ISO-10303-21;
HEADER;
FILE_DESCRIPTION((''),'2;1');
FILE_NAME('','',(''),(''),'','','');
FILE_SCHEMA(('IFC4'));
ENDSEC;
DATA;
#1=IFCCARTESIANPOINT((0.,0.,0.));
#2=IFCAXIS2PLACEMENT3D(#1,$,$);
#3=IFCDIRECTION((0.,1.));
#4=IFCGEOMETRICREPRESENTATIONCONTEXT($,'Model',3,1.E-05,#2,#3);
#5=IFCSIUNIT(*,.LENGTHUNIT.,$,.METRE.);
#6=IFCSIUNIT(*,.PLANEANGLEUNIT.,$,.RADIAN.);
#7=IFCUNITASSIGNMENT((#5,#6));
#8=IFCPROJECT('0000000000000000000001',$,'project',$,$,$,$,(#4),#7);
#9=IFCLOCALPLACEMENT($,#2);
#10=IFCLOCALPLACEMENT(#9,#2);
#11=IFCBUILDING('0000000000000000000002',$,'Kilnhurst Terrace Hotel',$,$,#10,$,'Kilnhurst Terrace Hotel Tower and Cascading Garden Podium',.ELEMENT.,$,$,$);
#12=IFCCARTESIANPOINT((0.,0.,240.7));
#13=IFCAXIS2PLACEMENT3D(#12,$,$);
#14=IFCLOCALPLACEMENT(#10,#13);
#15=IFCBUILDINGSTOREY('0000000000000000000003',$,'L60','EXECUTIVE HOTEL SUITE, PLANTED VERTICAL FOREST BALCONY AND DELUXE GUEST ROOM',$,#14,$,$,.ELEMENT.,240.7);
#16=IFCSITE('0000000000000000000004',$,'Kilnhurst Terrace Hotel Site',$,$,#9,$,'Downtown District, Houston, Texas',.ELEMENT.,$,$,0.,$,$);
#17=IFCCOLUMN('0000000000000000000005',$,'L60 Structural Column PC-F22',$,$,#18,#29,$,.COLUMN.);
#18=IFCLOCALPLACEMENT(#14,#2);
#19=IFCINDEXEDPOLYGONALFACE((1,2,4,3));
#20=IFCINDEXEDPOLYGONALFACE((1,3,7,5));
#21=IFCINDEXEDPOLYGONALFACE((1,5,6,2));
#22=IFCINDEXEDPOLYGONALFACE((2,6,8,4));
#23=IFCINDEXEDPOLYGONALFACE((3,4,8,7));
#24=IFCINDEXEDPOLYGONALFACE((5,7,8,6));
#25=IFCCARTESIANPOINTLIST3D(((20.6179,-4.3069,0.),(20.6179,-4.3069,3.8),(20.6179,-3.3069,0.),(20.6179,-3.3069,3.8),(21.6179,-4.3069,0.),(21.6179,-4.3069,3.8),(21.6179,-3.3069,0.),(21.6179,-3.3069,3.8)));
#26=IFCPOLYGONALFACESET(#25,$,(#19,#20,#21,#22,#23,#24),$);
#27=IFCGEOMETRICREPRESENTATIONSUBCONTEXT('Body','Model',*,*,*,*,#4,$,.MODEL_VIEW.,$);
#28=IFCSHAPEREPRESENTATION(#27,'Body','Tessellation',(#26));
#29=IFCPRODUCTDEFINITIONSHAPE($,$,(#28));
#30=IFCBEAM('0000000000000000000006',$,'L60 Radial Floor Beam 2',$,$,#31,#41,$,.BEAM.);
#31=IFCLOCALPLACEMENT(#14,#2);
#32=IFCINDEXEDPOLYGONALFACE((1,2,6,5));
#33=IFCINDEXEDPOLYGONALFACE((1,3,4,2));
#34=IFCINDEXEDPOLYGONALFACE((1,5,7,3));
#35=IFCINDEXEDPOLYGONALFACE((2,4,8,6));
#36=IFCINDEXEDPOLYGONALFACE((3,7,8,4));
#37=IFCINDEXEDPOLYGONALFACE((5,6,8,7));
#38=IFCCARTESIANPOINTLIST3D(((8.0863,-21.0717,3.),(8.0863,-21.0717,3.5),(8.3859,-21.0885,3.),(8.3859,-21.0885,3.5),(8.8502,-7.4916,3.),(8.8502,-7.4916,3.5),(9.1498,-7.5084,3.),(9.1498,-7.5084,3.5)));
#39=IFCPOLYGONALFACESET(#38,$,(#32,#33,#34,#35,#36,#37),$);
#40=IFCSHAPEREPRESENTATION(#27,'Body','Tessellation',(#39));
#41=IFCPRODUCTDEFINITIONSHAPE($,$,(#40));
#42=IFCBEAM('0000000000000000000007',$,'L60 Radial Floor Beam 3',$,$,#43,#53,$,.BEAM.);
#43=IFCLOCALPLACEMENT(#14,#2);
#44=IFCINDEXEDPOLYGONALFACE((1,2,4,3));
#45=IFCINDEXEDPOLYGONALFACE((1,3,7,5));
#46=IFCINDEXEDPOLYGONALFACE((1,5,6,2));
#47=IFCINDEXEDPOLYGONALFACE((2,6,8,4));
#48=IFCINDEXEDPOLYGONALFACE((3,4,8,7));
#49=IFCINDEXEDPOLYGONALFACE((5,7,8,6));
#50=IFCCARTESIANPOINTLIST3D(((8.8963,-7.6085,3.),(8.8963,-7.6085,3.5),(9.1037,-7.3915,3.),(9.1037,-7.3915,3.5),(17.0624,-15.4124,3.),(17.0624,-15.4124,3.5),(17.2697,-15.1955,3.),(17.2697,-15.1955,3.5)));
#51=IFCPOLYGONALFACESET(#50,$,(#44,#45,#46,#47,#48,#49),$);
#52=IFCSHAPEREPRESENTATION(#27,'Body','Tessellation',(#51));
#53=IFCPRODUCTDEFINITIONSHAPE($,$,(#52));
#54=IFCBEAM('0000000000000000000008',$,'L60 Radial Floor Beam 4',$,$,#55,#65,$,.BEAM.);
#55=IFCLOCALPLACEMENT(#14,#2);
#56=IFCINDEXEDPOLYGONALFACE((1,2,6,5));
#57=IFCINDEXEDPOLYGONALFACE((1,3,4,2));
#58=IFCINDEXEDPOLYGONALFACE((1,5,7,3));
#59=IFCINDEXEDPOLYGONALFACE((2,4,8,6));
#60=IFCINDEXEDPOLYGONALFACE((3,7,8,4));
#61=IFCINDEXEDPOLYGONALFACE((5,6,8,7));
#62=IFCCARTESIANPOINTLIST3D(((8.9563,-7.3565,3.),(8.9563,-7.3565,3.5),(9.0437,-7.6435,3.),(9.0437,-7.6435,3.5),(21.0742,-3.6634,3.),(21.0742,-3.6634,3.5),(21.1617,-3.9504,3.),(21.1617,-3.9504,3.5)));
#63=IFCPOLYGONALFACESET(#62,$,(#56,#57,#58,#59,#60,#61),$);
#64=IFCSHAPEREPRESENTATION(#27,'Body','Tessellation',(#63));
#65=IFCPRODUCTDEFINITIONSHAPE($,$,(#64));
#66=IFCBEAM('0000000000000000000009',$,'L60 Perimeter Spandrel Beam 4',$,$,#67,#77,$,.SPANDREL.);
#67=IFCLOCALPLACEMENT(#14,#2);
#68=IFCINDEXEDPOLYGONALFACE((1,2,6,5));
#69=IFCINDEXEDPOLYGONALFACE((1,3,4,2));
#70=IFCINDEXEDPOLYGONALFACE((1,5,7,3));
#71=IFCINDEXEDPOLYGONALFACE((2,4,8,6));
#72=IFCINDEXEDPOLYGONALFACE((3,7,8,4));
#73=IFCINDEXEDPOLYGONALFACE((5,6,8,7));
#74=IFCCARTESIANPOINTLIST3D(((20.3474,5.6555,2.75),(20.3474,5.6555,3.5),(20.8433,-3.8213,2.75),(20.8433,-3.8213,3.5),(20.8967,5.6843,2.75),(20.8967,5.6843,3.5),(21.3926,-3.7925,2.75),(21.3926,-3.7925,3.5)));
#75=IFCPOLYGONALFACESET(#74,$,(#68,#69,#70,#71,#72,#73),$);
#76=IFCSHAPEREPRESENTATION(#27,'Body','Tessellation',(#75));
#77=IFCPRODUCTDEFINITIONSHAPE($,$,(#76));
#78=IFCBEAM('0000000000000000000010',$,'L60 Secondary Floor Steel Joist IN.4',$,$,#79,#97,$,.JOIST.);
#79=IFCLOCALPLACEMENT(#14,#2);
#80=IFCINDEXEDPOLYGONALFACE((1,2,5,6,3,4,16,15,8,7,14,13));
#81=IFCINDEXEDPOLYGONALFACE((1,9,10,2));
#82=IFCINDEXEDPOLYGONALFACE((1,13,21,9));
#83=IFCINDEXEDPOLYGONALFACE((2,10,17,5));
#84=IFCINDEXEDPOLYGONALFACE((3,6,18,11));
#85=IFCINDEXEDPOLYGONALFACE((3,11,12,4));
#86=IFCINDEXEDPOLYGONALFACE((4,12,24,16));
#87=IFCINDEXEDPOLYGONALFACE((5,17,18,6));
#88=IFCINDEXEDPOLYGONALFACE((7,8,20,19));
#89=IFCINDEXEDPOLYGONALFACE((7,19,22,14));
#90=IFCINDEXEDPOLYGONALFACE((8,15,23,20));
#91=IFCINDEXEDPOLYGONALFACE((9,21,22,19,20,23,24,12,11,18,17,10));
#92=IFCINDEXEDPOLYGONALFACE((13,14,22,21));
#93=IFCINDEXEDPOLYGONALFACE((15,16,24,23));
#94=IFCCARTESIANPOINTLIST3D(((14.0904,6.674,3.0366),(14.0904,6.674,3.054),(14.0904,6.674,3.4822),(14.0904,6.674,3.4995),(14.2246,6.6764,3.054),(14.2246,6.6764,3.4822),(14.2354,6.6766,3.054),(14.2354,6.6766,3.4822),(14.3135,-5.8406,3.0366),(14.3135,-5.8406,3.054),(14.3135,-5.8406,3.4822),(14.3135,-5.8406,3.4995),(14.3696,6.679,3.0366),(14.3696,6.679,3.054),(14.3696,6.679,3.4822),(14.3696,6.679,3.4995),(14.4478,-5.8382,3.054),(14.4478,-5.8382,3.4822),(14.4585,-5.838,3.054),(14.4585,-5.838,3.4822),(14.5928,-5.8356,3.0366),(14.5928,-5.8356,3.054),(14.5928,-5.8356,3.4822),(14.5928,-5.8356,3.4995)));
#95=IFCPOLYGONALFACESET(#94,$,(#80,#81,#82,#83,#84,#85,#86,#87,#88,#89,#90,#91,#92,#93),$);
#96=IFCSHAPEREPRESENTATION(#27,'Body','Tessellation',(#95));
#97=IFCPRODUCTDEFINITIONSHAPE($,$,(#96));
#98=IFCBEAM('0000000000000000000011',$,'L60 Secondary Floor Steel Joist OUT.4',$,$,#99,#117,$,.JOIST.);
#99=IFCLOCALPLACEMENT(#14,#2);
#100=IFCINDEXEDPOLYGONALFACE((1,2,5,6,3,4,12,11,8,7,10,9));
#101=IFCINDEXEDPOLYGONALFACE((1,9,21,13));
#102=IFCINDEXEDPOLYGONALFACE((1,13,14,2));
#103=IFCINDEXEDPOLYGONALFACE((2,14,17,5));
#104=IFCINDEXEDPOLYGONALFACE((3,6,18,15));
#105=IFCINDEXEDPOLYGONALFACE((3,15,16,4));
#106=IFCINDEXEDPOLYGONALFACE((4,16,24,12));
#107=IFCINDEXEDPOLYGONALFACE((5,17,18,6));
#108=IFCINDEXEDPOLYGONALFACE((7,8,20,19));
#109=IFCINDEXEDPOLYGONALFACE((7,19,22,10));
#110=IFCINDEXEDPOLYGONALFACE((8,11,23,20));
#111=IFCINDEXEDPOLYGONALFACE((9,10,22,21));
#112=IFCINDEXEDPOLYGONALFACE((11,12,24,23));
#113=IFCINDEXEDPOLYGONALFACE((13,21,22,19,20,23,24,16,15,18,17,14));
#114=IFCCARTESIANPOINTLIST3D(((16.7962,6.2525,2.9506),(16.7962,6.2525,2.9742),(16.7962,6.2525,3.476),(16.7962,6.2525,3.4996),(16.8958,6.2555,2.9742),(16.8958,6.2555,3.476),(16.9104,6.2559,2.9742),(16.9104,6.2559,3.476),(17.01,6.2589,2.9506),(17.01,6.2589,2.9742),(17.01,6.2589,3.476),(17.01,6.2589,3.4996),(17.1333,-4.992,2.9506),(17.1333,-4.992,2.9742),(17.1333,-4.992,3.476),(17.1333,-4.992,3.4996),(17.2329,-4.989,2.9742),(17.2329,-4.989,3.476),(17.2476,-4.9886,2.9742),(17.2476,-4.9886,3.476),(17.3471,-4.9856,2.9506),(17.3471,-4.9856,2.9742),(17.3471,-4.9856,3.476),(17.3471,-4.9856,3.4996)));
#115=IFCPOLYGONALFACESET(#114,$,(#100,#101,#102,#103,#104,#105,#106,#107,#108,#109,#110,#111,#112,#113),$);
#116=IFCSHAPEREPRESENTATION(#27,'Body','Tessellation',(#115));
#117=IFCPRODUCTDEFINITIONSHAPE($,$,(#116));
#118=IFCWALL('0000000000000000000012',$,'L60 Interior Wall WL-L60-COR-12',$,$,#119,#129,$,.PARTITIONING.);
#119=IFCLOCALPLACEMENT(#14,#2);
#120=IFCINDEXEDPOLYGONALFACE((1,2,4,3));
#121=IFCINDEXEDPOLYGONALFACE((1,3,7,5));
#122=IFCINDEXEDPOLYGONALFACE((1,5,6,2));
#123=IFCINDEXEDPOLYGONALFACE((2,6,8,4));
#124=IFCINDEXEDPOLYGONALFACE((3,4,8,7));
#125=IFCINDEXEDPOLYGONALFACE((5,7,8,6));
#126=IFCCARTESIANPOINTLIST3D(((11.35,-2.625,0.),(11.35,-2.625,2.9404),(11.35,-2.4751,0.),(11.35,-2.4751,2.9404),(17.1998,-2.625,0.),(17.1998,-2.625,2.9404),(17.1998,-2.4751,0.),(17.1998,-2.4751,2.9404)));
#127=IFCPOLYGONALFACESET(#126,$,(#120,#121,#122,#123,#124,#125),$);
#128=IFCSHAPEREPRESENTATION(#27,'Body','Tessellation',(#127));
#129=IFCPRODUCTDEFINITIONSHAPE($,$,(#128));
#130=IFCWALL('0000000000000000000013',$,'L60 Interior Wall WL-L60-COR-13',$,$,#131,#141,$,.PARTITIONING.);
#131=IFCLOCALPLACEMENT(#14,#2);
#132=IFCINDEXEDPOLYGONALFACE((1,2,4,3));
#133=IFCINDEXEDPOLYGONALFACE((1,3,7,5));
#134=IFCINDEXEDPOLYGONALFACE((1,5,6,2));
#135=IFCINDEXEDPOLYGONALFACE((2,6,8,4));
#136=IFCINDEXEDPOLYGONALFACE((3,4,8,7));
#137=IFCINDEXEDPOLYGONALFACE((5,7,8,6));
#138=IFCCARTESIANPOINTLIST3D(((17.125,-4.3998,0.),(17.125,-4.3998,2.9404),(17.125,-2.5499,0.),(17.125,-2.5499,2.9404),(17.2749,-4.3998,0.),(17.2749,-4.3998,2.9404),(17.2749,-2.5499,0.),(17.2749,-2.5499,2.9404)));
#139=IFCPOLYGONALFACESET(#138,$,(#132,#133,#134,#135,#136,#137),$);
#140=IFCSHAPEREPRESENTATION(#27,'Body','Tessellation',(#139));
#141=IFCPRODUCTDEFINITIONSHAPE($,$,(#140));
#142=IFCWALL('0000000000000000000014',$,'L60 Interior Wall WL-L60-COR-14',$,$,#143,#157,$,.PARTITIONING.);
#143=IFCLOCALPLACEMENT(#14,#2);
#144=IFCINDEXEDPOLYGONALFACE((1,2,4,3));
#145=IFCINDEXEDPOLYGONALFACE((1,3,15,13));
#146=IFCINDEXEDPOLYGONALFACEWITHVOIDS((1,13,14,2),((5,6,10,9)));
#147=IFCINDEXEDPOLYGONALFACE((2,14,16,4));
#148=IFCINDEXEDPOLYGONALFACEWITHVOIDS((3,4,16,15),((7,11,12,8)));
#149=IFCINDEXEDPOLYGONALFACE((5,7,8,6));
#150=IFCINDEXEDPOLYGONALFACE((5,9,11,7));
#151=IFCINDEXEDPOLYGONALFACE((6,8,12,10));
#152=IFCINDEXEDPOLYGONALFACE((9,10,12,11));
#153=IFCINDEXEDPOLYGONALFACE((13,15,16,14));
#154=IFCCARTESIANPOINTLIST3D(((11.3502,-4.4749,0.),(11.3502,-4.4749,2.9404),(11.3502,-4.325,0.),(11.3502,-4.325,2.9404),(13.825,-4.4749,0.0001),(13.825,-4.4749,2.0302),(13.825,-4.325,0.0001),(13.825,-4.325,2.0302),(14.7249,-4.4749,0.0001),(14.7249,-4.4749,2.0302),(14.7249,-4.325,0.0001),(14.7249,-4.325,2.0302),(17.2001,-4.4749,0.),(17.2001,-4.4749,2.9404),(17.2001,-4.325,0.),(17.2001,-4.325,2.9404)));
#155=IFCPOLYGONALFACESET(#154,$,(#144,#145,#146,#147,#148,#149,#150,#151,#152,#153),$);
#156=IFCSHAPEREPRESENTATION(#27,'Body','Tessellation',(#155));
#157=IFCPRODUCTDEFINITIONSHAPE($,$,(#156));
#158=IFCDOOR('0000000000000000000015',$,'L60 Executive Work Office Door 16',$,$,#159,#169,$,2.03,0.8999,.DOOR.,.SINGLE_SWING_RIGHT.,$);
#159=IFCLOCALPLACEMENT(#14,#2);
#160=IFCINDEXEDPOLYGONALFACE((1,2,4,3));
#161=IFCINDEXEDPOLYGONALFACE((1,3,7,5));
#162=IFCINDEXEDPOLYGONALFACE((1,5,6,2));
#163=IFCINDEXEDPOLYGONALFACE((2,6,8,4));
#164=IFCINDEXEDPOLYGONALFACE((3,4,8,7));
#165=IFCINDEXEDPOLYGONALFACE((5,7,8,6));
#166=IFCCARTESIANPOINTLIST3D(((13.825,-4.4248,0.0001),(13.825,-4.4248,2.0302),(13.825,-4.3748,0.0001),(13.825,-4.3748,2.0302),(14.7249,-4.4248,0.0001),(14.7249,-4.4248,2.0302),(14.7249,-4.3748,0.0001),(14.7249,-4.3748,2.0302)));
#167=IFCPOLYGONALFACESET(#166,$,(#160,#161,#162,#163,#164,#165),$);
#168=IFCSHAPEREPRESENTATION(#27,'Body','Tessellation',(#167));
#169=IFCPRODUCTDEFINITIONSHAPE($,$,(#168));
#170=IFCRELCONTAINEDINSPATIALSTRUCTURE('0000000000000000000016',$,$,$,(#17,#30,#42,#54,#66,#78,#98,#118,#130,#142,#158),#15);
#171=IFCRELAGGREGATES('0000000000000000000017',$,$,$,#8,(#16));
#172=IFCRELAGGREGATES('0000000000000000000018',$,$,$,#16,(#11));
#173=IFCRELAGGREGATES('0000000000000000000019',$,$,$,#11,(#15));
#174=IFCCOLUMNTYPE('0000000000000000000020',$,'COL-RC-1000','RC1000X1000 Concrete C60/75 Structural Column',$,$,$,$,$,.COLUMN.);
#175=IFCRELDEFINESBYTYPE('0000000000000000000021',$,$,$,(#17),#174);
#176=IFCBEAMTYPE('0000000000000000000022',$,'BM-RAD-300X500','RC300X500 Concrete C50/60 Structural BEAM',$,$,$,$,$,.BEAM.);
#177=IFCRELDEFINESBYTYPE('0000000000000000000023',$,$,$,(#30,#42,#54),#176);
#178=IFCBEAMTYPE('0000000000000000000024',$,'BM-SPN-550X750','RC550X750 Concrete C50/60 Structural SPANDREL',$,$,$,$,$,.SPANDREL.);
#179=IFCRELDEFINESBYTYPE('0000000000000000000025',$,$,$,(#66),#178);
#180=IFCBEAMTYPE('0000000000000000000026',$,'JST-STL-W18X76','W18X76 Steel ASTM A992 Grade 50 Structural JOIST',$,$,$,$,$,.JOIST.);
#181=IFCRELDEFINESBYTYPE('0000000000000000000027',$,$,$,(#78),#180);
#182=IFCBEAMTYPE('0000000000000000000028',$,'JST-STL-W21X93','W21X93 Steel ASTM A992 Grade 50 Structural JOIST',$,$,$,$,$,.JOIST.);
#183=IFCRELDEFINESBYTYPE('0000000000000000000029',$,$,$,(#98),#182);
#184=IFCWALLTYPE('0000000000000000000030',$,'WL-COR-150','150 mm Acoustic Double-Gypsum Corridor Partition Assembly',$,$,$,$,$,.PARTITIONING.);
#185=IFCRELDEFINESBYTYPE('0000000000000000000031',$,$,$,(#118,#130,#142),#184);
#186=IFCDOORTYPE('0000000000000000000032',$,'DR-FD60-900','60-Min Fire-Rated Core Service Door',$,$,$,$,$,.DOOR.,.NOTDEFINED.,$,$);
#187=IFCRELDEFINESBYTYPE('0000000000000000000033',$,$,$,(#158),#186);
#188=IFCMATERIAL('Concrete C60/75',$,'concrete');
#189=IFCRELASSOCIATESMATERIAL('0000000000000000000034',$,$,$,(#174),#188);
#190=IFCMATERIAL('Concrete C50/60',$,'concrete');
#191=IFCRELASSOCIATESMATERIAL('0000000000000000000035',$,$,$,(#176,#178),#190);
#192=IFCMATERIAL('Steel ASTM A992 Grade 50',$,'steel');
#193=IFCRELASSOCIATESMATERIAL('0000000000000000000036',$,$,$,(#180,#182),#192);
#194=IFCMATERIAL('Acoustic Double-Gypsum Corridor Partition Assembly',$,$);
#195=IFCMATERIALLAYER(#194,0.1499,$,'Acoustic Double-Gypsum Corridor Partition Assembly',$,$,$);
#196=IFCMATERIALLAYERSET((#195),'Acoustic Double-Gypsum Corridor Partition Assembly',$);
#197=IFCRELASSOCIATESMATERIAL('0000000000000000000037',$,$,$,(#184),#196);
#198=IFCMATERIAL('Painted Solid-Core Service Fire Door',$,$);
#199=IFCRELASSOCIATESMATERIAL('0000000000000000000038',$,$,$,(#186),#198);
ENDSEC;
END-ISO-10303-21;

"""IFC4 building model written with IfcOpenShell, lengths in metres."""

from ifc_helpers import new_model, si_unit, direction, frame, frame_2d, origin, origin_2d, place, context, subcontext, project, spatial, rectangle, i_section, extrude, material, layer, layer_set, material_profile, profile_set, type_object, element, fill, save


model = new_model("IFC4")

# Units and contexts
model_context = context("Model", 3, precision=1e-05, world=origin(), true_north=direction((0.0, 1.0)))
body_context = subcontext(model_context, "Body", "Model", "MODEL_VIEW")
ifc_project = project(units=[si_unit("LENGTHUNIT", "METRE"), si_unit("PLANEANGLEUNIT", "RADIAN")], contexts=[model_context])

# Site, building, storey
site_placement = place(None, origin())
site = spatial("IfcSite", under=ifc_project, at=site_placement, Name="Kilnhurst Terrace Hotel Site", LongName="Downtown District, Houston, Texas", CompositionType="ELEMENT", RefElevation=0.0)
building_placement = place(site_placement, origin())
building = spatial("IfcBuilding", under=site, at=building_placement, Name="Kilnhurst Terrace Hotel", LongName="Kilnhurst Terrace Hotel Tower and Cascading Garden Podium", CompositionType="ELEMENT")
storey_placement = place(building_placement, frame((0.0, 0.0, 240.7)))
storey = spatial("IfcBuildingStorey", under=building, at=storey_placement, Name="L60", Description="EXECUTIVE HOTEL SUITE, PLANTED VERTICAL FOREST BALCONY AND DELUXE GUEST ROOM", CompositionType="ELEMENT", Elevation=240.7)

# Column
ifc_material_1 = material(Name="Concrete C60/75", Category="concrete")
ifc_material_profile_1 = material_profile(ifc_material_1, rectangle(XDim=1.0, YDim=1.0, at=origin_2d()), Name="RC1000X1000")
ifc_profile_set_1 = profile_set([ifc_material_profile_1], Name="Concrete C60/75")
column_type = type_object("IfcColumnType", Name="COL-RC-1000", Description="RC1000X1000 Concrete C60/75 Structural Column", PredefinedType="COLUMN", material=ifc_profile_set_1)
column_placement = place(storey_placement, frame((21.1179, -3.8069, 0.0), z_axis=(0.0, 0.0, 1.0), x_axis=(1.0, 0.0, 0.0)))
element("IfcColumn", 1, at=column_placement, inside=storey, type_object=column_type, Name="L60 Structural Column PC-F22", PredefinedType="COLUMN", context=body_context, shape_type="SweptSolid", body=[
    extrude(rectangle(XDim=1.0, YDim=1.0, at=origin_2d()), origin(), (0.0, 0.0, 1.0), 3.8),
])

# Beams
ifc_material_2 = material(Name="Concrete C50/60", Category="concrete")
ifc_material_profile_2 = material_profile(ifc_material_2, rectangle(XDim=0.3, YDim=0.5, at=origin_2d()), Name="RC300X500")
ifc_profile_set_2 = profile_set([ifc_material_profile_2], Name="Concrete C50/60")
beam_type_1 = type_object("IfcBeamType", Name="BM-RAD-300X500", Description="RC300X500 Concrete C50/60 Structural BEAM", PredefinedType="BEAM", material=ifc_profile_set_2)
beam_1_placement = place(storey_placement, frame((9.0, -7.5, 3.25), z_axis=(-0.056164, -0.998422, 0.0), x_axis=(0.998422, -0.056164, 0.0)))
element("IfcBeam", 2, at=beam_1_placement, inside=storey, type_object=beam_type_1, Name="L60 Radial Floor Beam 2", PredefinedType="BEAM", context=body_context, shape_type="SweptSolid", body=[
    extrude(rectangle(XDim=0.3, YDim=0.5, at=origin_2d()), origin(), (0.0, 0.0, 1.0), 13.6016),
])
beam_2_placement = place(storey_placement, frame((9.0, -7.5, 3.25), z_axis=(0.722952, -0.690898, 0.0), x_axis=(0.690898, 0.722952, 0.0)))
element("IfcBeam", 3, at=beam_2_placement, inside=storey, type_object=beam_type_1, Name="L60 Radial Floor Beam 3", PredefinedType="BEAM", context=body_context, shape_type="SweptSolid", body=[
    extrude(rectangle(XDim=0.3, YDim=0.5, at=origin_2d()), origin(), (0.0, 0.0, 1.0), 11.2954),
])
beam_3_placement = place(storey_placement, frame((9.0, -7.5, 3.25), z_axis=(0.956563, 0.291527, 0.0), x_axis=(-0.291527, 0.956563, 0.0)))
element("IfcBeam", 4, at=beam_3_placement, inside=storey, type_object=beam_type_1, Name="L60 Radial Floor Beam 4", PredefinedType="BEAM", context=body_context, shape_type="SweptSolid", body=[
    extrude(rectangle(XDim=0.3, YDim=0.5, at=origin_2d()), origin(), (0.0, 0.0, 1.0), 12.6682),
])
ifc_material_profile_3 = material_profile(ifc_material_2, rectangle(XDim=0.55, YDim=0.75, at=origin_2d()), Name="RC550X750")
ifc_profile_set_3 = profile_set([ifc_material_profile_3], Name="Concrete C50/60")
beam_type_2 = type_object("IfcBeamType", Name="BM-SPN-550X750", Description="RC550X750 Concrete C50/60 Structural SPANDREL", PredefinedType="SPANDREL", material=ifc_profile_set_3)
beam_4_placement = place(storey_placement, frame((21.1179, -3.8069, 3.125), z_axis=(-0.052251, 0.998634, 0.0), x_axis=(-0.998634, -0.052251, 0.0)))
element("IfcBeam", 5, at=beam_4_placement, inside=storey, type_object=beam_type_2, Name="L60 Perimeter Spandrel Beam 4", PredefinedType="SPANDREL", context=body_context, shape_type="SweptSolid", body=[
    extrude(rectangle(XDim=0.55, YDim=0.75, at=origin_2d()), origin(), (0.0, 0.0, 1.0), 9.4897),
])
ifc_material_3 = material(Name="Steel ASTM A992 Grade 50", Category="steel")
ifc_material_profile_4 = material_profile(ifc_material_3, i_section(OverallWidth=0.2793, OverallDepth=0.4629, WebThickness=0.0107, FlangeThickness=0.0173, at=origin_2d()), Name="W18X76")
ifc_profile_set_4 = profile_set([ifc_material_profile_4], Name="Steel ASTM A992 Grade 50")
beam_type_3 = type_object("IfcBeamType", Name="JST-STL-W18X76", Description="W18X76 Steel ASTM A992 Grade 50 Structural JOIST", PredefinedType="JOIST", material=ifc_profile_set_4)
beam_5_placement = place(storey_placement, frame((14.4531, -5.8381, 3.2681), z_axis=(-0.017828, 0.999841, 0.0), x_axis=(-0.999841, -0.017828, 0.0)))
element("IfcBeam", 6, at=beam_5_placement, inside=storey, type_object=beam_type_3, Name="L60 Secondary Floor Steel Joist IN.4", PredefinedType="JOIST", context=body_context, shape_type="SweptSolid", body=[
    extrude(i_section(OverallWidth=0.2793, OverallDepth=0.4629, WebThickness=0.0107, FlangeThickness=0.0173, at=origin_2d()), origin(), (0.0, 0.0, 1.0), 12.5166),
])
ifc_material_profile_5 = material_profile(ifc_material_3, i_section(OverallWidth=0.2139, OverallDepth=0.5491, WebThickness=0.0146, FlangeThickness=0.0237, at=origin_2d()), Name="W21X93")
ifc_profile_set_5 = profile_set([ifc_material_profile_5], Name="Steel ASTM A992 Grade 50")
beam_type_4 = type_object("IfcBeamType", Name="JST-STL-W21X93", Description="W21X93 Steel ASTM A992 Grade 50 Structural JOIST", PredefinedType="JOIST", material=ifc_profile_set_5)
beam_6_placement = place(storey_placement, frame((17.2402, -4.9888, 3.2251), z_axis=(-0.029971, 0.999551, 0.0), x_axis=(-0.999551, -0.029971, 0.0)))
element("IfcBeam", 7, at=beam_6_placement, inside=storey, type_object=beam_type_4, Name="L60 Secondary Floor Steel Joist OUT.4", PredefinedType="JOIST", context=body_context, shape_type="SweptSolid", body=[
    extrude(i_section(OverallWidth=0.2139, OverallDepth=0.5491, WebThickness=0.0146, FlangeThickness=0.0237, at=origin_2d()), origin(), (0.0, 0.0, 1.0), 11.2495),
])

# Walls
ifc_material_4 = material(Name="Acoustic Double-Gypsum Corridor Partition Assembly")
ifc_layer_1 = layer(ifc_material_4, 0.1499, Name="Acoustic Double-Gypsum Corridor Partition Assembly")
ifc_layer_set_1 = layer_set([ifc_layer_1], Name="Acoustic Double-Gypsum Corridor Partition Assembly")
wall_type_1 = type_object("IfcWallType", Name="WL-COR-150", Description="150 mm Acoustic Double-Gypsum Corridor Partition Assembly", PredefinedType="PARTITIONING", material=ifc_layer_set_1)
wall_1_placement = place(storey_placement, frame((11.3501, -2.55, 0.0), z_axis=(0.0, 0.0, 1.0), x_axis=(1.0, 0.0, 0.0)))
element("IfcWall", 8, at=wall_1_placement, inside=storey, type_object=wall_type_1, Name="L60 Interior Wall WL-L60-COR-12", PredefinedType="PARTITIONING", context=body_context, shape_type="SweptSolid", body=[
    extrude(rectangle(XDim=5.8499, YDim=0.1499, at=frame_2d((2.9248, 0.0))), origin(), (0.0, 0.0, 1.0), 2.9404),
])
wall_2_placement = place(storey_placement, frame((17.2, -2.55, 0.0), z_axis=(0.0, 0.0, 1.0), x_axis=(0.0, -1.0, 0.0)))
element("IfcWall", 9, at=wall_2_placement, inside=storey, type_object=wall_type_1, Name="L60 Interior Wall WL-L60-COR-13", PredefinedType="PARTITIONING", context=body_context, shape_type="SweptSolid", body=[
    extrude(rectangle(XDim=1.8499, YDim=0.1499, at=frame_2d((0.9248, 0.0))), origin(), (0.0, 0.0, 1.0), 2.9404),
])

# Wall, opening, door
wall_3_placement = place(storey_placement, frame((17.2, -4.3999, 0.0), z_axis=(0.0, 0.0, 1.0), x_axis=(-1.0, 0.0, 0.0)))
wall_3 = element("IfcWall", 10, at=wall_3_placement, inside=storey, type_object=wall_type_1, Name="L60 Interior Wall WL-L60-COR-14", PredefinedType="PARTITIONING", context=body_context, shape_type="SweptSolid", body=[
    extrude(rectangle(XDim=5.8499, YDim=0.1499, at=frame_2d((2.9248, 0.0))), origin(), (0.0, 0.0, 1.0), 2.9404),
])
opening_1_placement = place(wall_3_placement, frame((2.4751, 0.0, 0.0)))
opening_1 = element("IfcOpeningElement", 11, at=opening_1_placement, cuts=wall_3, PredefinedType="OPENING", context=body_context, shape_type="SweptSolid", body=[
    extrude(rectangle(XDim=0.8999, YDim=2.03, at=frame_2d((0.45, 1.0151))), frame((0.0, 0.085, 0.0), z_axis=(0.0, -1.0, 0.0), x_axis=(1.0, 0.0, 0.0)), (0.0, 0.0, 1.0), 0.1699),
])
ifc_material_5 = material(Name="Painted Solid-Core Service Fire Door")
door_type_1 = type_object("IfcDoorType", Name="DR-FD60-900", Description="60-Min Fire-Rated Core Service Door", OperationType="NOTDEFINED", PredefinedType="DOOR", material=ifc_material_5)
door_1_placement = place(opening_1_placement, origin())
door_1 = element("IfcDoor", 12, at=door_1_placement, inside=storey, type_object=door_type_1, Name="L60 Executive Work Office Door 16", OperationType="SINGLE_SWING_RIGHT", OverallHeight=2.03, OverallWidth=0.8999, PredefinedType="DOOR", context=body_context, shape_type="SweptSolid", body=[
    extrude(rectangle(XDim=0.8999, YDim=2.03, at=frame_2d((0.45, 1.0151))), frame((0.0, 0.0249, 0.0), z_axis=(0.0, -1.0, 0.0), x_axis=(1.0, 0.0, 0.0)), (0.0, 0.0, 1.0), 0.05),
])
fill(opening_1, door_1)

save(model, "model.ifc")
